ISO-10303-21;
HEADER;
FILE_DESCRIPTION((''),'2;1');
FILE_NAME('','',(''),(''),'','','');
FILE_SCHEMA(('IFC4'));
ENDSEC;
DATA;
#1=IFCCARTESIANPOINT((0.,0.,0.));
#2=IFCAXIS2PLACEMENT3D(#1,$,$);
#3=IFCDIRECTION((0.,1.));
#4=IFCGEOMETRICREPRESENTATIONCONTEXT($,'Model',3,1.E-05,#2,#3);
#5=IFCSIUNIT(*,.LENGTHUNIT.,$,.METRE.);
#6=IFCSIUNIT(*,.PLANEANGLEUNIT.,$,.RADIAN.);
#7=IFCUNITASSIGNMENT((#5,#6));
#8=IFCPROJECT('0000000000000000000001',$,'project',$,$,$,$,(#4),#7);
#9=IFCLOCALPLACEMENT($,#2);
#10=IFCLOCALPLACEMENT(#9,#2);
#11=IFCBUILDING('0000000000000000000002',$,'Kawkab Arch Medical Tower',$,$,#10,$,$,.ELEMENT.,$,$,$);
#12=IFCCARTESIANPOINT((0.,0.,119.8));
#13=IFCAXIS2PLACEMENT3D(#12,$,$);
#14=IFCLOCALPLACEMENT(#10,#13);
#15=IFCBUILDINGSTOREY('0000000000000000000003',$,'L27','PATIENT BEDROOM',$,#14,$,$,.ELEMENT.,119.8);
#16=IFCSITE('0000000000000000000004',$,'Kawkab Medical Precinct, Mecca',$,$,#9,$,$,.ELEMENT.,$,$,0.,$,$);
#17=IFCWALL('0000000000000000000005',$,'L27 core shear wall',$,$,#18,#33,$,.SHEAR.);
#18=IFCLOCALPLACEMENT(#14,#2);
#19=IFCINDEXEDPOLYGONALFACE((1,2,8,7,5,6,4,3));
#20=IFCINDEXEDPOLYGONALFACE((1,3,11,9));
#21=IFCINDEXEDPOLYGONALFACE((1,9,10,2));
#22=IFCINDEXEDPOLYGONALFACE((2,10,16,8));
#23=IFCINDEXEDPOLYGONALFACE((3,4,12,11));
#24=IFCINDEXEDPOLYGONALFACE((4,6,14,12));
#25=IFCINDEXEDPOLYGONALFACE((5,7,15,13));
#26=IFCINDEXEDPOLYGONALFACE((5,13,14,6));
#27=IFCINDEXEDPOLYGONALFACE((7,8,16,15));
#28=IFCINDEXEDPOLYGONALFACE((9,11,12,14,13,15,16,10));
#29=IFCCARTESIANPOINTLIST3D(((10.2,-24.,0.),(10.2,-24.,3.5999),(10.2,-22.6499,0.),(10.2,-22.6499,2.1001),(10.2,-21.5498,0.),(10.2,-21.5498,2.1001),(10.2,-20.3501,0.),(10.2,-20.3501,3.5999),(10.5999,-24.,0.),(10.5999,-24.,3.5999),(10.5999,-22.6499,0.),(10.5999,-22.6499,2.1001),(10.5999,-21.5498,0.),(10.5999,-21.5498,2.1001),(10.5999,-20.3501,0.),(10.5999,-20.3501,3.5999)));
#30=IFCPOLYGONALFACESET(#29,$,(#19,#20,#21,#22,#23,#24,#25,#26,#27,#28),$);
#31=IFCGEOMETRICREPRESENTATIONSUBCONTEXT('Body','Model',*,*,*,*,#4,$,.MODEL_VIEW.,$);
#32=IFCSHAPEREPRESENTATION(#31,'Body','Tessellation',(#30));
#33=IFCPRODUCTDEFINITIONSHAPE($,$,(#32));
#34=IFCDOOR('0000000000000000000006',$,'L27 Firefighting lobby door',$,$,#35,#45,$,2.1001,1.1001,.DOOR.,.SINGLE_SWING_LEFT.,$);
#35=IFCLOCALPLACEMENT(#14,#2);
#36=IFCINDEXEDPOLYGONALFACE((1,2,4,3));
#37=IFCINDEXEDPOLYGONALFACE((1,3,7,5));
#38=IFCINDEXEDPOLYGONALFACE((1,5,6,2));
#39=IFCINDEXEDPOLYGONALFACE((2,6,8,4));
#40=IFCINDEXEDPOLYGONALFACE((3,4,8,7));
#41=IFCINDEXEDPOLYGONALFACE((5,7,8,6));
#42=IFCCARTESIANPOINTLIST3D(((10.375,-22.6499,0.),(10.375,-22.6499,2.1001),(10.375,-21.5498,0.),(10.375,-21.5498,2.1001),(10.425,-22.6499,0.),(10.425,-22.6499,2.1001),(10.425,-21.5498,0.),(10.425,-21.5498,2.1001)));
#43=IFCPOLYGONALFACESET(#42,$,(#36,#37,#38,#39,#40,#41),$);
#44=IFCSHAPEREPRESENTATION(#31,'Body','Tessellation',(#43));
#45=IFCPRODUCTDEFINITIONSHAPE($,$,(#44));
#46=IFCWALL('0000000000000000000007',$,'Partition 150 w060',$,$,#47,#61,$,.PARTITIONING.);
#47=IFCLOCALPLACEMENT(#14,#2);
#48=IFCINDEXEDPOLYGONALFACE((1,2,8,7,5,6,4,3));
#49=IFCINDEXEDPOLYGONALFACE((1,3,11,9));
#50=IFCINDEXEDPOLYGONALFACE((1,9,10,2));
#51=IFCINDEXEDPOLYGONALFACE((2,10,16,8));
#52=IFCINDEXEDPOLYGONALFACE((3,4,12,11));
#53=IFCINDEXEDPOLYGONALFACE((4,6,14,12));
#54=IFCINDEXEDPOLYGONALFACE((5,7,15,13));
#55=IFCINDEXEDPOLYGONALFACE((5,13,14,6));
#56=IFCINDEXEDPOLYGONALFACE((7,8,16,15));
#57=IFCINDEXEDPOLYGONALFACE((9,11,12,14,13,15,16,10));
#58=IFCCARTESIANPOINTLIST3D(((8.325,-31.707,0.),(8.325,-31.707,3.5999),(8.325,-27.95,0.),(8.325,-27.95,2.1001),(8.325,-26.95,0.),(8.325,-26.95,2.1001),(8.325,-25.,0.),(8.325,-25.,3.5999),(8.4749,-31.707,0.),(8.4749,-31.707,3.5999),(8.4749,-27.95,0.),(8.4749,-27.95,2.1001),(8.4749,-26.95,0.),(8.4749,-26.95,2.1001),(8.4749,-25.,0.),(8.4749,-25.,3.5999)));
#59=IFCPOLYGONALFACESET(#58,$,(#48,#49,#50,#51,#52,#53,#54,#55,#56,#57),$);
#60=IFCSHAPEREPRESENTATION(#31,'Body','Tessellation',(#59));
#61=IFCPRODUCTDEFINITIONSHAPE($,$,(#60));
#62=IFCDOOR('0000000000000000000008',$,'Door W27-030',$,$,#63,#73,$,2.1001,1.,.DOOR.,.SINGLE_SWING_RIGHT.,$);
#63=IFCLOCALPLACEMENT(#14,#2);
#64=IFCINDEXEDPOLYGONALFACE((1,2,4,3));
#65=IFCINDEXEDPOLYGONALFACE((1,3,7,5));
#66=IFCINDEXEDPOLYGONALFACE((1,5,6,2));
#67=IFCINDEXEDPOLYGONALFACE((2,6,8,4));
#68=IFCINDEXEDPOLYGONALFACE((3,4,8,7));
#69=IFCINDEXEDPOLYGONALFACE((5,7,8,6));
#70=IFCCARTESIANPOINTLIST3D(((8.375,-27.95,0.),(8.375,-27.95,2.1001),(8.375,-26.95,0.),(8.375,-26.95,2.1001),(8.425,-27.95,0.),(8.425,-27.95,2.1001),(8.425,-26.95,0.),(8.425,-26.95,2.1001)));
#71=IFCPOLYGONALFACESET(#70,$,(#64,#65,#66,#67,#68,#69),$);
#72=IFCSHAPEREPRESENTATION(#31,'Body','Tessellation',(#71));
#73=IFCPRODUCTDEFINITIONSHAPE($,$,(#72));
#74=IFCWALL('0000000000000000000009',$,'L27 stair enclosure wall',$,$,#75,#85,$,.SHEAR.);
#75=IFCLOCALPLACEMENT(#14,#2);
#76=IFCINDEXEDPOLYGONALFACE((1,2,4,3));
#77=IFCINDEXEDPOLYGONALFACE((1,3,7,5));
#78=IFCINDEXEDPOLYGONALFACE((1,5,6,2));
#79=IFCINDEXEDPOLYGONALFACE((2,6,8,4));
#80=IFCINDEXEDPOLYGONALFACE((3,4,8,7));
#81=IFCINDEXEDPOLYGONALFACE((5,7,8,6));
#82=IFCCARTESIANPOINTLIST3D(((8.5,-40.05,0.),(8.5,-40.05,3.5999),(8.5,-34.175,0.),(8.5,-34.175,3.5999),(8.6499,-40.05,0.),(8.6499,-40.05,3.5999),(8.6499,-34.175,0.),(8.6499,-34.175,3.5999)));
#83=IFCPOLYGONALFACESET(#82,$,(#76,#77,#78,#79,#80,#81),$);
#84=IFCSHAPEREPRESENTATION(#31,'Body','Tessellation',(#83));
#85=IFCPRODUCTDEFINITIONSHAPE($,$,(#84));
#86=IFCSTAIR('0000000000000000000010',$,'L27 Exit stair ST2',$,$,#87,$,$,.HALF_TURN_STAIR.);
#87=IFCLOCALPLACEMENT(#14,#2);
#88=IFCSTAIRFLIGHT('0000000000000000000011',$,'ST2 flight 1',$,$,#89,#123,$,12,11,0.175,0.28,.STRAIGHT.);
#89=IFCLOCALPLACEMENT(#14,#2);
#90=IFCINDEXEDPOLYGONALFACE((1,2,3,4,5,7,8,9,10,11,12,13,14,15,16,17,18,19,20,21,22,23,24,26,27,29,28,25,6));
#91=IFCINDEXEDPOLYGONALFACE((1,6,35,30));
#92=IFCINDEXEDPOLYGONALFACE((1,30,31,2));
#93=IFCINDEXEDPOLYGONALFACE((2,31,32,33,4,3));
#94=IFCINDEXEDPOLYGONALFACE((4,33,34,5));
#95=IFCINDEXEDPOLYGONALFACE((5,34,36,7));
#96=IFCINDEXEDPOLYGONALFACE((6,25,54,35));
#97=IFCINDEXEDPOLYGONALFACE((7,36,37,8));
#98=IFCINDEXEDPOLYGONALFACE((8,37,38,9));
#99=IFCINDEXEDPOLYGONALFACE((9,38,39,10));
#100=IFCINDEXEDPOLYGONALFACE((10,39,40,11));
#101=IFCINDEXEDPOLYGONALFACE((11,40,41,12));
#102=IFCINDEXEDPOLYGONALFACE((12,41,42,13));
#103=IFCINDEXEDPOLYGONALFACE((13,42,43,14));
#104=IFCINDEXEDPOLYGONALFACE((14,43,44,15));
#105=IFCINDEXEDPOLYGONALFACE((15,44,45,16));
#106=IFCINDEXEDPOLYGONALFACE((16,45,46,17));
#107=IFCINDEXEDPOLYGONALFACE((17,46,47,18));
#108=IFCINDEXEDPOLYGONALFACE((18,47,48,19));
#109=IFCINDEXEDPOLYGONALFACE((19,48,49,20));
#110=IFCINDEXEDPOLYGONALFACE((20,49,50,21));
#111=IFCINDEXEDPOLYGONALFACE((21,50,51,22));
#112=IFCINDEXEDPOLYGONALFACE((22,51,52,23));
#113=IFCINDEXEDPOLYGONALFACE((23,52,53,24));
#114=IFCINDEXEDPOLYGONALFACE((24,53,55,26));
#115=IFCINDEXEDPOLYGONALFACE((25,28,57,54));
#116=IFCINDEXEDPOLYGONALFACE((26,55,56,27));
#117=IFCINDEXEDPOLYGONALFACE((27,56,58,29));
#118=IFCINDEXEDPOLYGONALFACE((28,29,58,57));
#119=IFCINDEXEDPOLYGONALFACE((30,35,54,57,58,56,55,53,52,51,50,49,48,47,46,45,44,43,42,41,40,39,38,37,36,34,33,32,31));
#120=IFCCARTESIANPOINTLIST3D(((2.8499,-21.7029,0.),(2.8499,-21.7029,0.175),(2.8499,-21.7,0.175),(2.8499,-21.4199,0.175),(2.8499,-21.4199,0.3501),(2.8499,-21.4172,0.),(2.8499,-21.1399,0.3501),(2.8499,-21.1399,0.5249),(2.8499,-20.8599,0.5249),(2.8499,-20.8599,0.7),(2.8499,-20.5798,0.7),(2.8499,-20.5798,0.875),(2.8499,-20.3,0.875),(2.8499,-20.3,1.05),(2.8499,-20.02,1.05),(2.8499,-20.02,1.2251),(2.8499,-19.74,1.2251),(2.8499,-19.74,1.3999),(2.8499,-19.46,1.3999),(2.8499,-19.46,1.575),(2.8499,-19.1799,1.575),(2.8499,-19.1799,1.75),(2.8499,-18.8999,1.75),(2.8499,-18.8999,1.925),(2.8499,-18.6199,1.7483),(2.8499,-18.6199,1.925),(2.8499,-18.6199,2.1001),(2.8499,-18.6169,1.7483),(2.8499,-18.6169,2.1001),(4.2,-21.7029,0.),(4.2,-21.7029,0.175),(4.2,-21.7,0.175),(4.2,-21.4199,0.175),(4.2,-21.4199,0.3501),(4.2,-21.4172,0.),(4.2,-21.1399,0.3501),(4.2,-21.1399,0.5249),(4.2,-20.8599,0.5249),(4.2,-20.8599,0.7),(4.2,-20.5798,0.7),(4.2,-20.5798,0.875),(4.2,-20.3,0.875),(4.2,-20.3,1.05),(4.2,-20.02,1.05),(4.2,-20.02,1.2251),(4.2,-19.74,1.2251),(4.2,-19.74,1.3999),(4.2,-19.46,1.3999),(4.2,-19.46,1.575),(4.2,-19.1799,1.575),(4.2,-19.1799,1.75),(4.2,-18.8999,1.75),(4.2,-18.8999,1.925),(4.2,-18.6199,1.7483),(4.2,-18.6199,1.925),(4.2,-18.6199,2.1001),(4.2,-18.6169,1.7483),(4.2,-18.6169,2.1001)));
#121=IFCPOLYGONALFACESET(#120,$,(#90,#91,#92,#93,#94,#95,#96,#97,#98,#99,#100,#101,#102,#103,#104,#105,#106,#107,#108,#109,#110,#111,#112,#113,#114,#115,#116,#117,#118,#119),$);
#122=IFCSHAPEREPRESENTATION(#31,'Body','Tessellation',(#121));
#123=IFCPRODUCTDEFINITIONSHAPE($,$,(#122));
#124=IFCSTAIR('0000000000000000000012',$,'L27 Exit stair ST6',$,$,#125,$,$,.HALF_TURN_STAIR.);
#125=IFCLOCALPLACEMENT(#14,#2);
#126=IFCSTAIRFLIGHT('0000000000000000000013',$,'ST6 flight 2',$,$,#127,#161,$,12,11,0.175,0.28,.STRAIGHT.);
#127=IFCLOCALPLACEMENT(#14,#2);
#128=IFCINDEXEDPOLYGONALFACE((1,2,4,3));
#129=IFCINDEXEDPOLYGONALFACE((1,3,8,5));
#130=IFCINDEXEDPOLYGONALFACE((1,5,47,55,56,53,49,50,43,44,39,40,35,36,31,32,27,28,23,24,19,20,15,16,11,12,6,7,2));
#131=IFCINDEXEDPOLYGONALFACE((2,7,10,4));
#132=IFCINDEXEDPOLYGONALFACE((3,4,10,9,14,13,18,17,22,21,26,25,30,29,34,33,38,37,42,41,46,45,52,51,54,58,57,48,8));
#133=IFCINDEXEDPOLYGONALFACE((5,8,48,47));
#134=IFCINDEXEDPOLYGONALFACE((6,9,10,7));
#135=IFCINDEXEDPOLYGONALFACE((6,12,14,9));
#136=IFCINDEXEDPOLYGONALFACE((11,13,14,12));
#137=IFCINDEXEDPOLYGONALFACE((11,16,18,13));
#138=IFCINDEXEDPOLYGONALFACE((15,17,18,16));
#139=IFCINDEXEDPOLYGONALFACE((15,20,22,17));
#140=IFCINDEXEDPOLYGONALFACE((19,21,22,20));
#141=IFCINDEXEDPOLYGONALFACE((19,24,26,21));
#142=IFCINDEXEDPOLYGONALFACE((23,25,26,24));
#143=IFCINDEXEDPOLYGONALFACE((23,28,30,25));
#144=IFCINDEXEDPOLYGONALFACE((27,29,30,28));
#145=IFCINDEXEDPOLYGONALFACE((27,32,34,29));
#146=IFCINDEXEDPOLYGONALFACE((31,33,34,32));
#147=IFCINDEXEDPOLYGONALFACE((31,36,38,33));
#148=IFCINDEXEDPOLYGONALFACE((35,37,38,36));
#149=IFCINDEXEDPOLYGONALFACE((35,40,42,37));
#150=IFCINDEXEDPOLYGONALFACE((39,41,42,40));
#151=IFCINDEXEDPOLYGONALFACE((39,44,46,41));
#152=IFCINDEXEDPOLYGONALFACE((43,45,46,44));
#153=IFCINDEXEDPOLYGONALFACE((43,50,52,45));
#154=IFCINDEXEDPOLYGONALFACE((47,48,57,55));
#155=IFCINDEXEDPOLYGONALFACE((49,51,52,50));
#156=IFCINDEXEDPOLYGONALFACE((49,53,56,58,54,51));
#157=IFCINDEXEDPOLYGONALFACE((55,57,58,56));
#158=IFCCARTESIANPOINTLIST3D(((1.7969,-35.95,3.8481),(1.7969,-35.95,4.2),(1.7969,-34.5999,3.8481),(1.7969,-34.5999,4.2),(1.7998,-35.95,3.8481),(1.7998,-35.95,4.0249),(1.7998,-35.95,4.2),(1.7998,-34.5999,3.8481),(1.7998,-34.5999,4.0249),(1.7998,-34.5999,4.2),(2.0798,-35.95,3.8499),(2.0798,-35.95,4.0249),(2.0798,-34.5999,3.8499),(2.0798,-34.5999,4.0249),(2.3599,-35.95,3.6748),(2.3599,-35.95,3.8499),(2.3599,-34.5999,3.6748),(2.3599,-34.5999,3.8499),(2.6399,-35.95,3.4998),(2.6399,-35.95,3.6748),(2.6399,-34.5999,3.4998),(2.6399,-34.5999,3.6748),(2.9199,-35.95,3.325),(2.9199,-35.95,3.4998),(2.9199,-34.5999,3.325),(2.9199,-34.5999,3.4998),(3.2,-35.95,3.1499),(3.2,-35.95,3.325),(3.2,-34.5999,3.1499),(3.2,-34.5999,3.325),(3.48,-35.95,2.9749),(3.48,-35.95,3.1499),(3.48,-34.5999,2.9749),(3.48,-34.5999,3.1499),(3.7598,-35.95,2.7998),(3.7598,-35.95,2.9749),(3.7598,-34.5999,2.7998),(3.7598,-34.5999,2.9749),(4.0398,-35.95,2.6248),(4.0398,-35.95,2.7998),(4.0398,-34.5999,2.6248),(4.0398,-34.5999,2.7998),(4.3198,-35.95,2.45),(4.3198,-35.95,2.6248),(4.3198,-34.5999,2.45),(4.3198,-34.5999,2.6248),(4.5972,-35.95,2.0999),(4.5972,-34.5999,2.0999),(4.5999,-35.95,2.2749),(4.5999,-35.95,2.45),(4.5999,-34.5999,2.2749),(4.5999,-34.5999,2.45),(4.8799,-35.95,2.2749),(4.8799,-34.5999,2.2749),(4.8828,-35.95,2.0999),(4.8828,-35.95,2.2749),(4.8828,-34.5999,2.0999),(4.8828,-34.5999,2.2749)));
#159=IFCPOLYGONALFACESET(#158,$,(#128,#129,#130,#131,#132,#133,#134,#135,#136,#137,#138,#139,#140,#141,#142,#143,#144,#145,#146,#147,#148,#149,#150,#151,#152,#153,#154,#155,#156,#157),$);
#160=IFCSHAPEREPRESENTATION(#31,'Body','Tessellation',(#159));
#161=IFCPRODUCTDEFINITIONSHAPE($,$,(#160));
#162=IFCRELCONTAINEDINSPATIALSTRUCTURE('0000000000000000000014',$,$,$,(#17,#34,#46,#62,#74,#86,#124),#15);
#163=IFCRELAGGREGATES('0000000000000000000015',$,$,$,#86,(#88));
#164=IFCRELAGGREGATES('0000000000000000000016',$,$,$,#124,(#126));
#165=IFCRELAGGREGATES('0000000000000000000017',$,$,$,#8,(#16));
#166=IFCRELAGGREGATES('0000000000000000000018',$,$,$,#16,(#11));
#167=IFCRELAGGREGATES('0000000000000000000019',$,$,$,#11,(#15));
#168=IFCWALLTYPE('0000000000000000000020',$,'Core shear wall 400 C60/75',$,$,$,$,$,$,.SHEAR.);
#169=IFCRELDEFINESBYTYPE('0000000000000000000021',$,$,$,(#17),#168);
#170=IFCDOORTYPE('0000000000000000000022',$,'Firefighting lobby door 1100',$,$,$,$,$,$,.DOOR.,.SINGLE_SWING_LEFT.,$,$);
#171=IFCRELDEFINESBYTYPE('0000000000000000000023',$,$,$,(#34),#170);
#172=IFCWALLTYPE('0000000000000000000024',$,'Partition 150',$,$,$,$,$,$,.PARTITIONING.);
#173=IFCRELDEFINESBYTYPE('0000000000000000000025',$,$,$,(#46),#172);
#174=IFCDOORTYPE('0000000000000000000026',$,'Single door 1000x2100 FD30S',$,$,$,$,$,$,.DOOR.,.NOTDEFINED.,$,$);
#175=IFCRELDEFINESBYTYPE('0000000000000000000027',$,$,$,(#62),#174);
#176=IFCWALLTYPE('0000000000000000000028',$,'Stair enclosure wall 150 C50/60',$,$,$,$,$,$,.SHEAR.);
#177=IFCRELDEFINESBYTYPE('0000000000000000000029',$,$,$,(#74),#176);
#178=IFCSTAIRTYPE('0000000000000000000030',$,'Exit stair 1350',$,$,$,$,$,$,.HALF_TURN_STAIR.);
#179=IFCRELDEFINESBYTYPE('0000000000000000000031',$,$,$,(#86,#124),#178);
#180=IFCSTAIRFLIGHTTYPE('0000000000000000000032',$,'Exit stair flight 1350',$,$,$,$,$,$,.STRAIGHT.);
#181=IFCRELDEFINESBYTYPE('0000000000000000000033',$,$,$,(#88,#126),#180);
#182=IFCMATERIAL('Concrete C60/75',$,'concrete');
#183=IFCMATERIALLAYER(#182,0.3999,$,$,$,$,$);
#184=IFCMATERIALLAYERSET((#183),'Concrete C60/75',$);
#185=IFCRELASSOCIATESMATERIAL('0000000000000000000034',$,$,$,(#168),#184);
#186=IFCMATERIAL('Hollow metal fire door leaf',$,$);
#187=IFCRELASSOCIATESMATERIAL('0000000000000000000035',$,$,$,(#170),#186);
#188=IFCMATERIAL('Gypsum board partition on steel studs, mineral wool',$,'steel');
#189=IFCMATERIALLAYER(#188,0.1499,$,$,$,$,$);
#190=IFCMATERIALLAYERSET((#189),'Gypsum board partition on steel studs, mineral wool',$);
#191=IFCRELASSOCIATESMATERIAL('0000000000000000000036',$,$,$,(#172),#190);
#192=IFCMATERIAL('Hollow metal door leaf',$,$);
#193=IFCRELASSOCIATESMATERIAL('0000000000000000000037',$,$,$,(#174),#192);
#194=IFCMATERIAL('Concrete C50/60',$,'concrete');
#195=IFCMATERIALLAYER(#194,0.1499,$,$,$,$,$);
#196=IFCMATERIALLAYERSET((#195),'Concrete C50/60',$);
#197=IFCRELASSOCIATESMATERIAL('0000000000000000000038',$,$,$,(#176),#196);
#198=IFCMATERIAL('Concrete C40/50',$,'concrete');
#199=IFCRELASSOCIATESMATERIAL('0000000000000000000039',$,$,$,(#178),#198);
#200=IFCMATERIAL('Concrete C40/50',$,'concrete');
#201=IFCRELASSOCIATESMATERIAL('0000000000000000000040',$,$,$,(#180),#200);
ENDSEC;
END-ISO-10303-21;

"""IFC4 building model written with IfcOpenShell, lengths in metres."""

from ifc_helpers import new_model, si_unit, direction, frame, frame_2d, origin, place, context, subcontext, project, spatial, polyline, rectangle, outline, extrude, material, layer, layer_set, type_object, element, fill, aggregate, save


model = new_model("IFC4")

# Units and contexts
model_context = context("Model", 3, precision=1e-05, world=origin(), true_north=direction((0.0, 1.0)))
body_context = subcontext(model_context, "Body", "Model", "MODEL_VIEW")
ifc_project = project(units=[si_unit("LENGTHUNIT", "METRE"), si_unit("PLANEANGLEUNIT", "RADIAN")], contexts=[model_context])

# Site, building, storey
site_placement = place(None, origin())
site = spatial("IfcSite", under=ifc_project, at=site_placement, Name="Kawkab Medical Precinct, Mecca", CompositionType="ELEMENT", RefElevation=0.0)
building_placement = place(site_placement, origin())
building = spatial("IfcBuilding", under=site, at=building_placement, Name="Kawkab Arch Medical Tower", CompositionType="ELEMENT")
storey_placement = place(building_placement, frame((0.0, 0.0, 119.8)))
storey = spatial("IfcBuildingStorey", under=building, at=storey_placement, Name="L27", Description="PATIENT BEDROOM", CompositionType="ELEMENT", Elevation=119.8)

# Walls, openings, doors
ifc_material_1 = material(Name="Concrete C60/75", Category="concrete")
ifc_layer_1 = layer(ifc_material_1, 0.3999)
ifc_layer_set_1 = layer_set([ifc_layer_1], Name="Concrete C60/75")
wall_type_1 = type_object("IfcWallType", Name="Core shear wall 400 C60/75", PredefinedType="SHEAR", material=ifc_layer_set_1)
wall_1_placement = place(storey_placement, frame((10.3999, -24.0, 0.0), z_axis=(0.0, 0.0, 1.0), x_axis=(0.0, 1.0, 0.0)))
wall_1 = element("IfcWall", 1, at=wall_1_placement, inside=storey, type_object=wall_type_1, Name="L27 core shear wall", PredefinedType="SHEAR", context=body_context, shape_type="SweptSolid", body=[
    extrude(rectangle(XDim=3.6499, YDim=0.3999, at=frame_2d((1.825, 0.0))), origin(), (0.0, 0.0, 1.0), 3.5999),
])
opening_1_placement = place(wall_1_placement, frame((1.3501, 0.0, 0.0)))
opening_1 = element("IfcOpeningElement", 2, at=opening_1_placement, cuts=wall_1, PredefinedType="OPENING", context=body_context, shape_type="SweptSolid", body=[
    extrude(rectangle(XDim=1.1001, YDim=2.1001, at=frame_2d((0.55, 1.05))), frame((0.0, 0.21, 0.0), z_axis=(0.0, -1.0, 0.0), x_axis=(1.0, 0.0, 0.0)), (0.0, 0.0, 1.0), 0.4199),
])
ifc_material_2 = material(Name="Hollow metal fire door leaf")
door_type_1 = type_object("IfcDoorType", Name="Firefighting lobby door 1100", OperationType="SINGLE_SWING_LEFT", PredefinedType="DOOR", material=ifc_material_2)
door_1_placement = place(opening_1_placement, origin())
door_1 = element("IfcDoor", 3, at=door_1_placement, inside=storey, type_object=door_type_1, Name="L27 Firefighting lobby door", OperationType="SINGLE_SWING_LEFT", OverallHeight=2.1001, OverallWidth=1.1001, PredefinedType="DOOR", context=body_context, shape_type="SweptSolid", body=[
    extrude(rectangle(XDim=1.1001, YDim=2.1001, at=frame_2d((0.55, 1.05))), frame((0.0, 0.0249, 0.0), z_axis=(0.0, -1.0, 0.0), x_axis=(1.0, 0.0, 0.0)), (0.0, 0.0, 1.0), 0.05),
])
fill(opening_1, door_1)
ifc_material_3 = material(Name="Gypsum board partition on steel studs, mineral wool", Category="steel")
ifc_layer_2 = layer(ifc_material_3, 0.1499)
ifc_layer_set_2 = layer_set([ifc_layer_2], Name="Gypsum board partition on steel studs, mineral wool")
wall_type_2 = type_object("IfcWallType", Name="Partition 150", PredefinedType="PARTITIONING", material=ifc_layer_set_2)
wall_2_placement = place(storey_placement, frame((8.3999, -31.707, 0.0), z_axis=(0.0, 0.0, 1.0), x_axis=(0.0, 1.0, 0.0)))
wall_2 = element("IfcWall", 4, at=wall_2_placement, inside=storey, type_object=wall_type_2, Name="Partition 150 w060", PredefinedType="PARTITIONING", context=body_context, shape_type="SweptSolid", body=[
    extrude(rectangle(XDim=6.707, YDim=0.1499, at=frame_2d((3.3535, 0.0))), origin(), (0.0, 0.0, 1.0), 3.5999),
])
opening_2_placement = place(wall_2_placement, frame((3.7571, 0.0, 0.0)))
opening_2 = element("IfcOpeningElement", 5, at=opening_2_placement, cuts=wall_2, PredefinedType="OPENING", context=body_context, shape_type="SweptSolid", body=[
    extrude(rectangle(XDim=1.0, YDim=2.1001, at=frame_2d((0.5, 1.05))), frame((0.0, 0.085, 0.0), z_axis=(0.0, -1.0, 0.0), x_axis=(1.0, 0.0, 0.0)), (0.0, 0.0, 1.0), 0.1699),
])
ifc_material_4 = material(Name="Hollow metal door leaf")
door_type_2 = type_object("IfcDoorType", Name="Single door 1000x2100 FD30S", OperationType="NOTDEFINED", PredefinedType="DOOR", material=ifc_material_4)
door_2_placement = place(opening_2_placement, origin())
door_2 = element("IfcDoor", 6, at=door_2_placement, inside=storey, type_object=door_type_2, Name="Door W27-030", OperationType="SINGLE_SWING_RIGHT", OverallHeight=2.1001, OverallWidth=1.0, PredefinedType="DOOR", context=body_context, shape_type="SweptSolid", body=[
    extrude(rectangle(XDim=1.0, YDim=2.1001, at=frame_2d((0.5, 1.05))), frame((0.0, 0.0249, 0.0), z_axis=(0.0, -1.0, 0.0), x_axis=(1.0, 0.0, 0.0)), (0.0, 0.0, 1.0), 0.05),
])
fill(opening_2, door_2)

# Wall
ifc_material_5 = material(Name="Concrete C50/60", Category="concrete")
ifc_layer_3 = layer(ifc_material_5, 0.1499)
ifc_layer_set_3 = layer_set([ifc_layer_3], Name="Concrete C50/60")
wall_type_3 = type_object("IfcWallType", Name="Stair enclosure wall 150 C50/60", PredefinedType="SHEAR", material=ifc_layer_set_3)
wall_3_placement = place(storey_placement, frame((8.575, -40.05, 0.0), z_axis=(0.0, 0.0, 1.0), x_axis=(0.0, 1.0, 0.0)))
element("IfcWall", 7, at=wall_3_placement, inside=storey, type_object=wall_type_3, Name="L27 stair enclosure wall", PredefinedType="SHEAR", context=body_context, shape_type="SweptSolid", body=[
    extrude(rectangle(XDim=5.875, YDim=0.1499, at=frame_2d((2.9375, 0.0))), origin(), (0.0, 0.0, 1.0), 3.5999),
])

# Stairs, stair flights
ifc_material_6 = material(Name="Concrete C40/50", Category="concrete")
stair_type = type_object("IfcStairType", Name="Exit stair 1350", PredefinedType="HALF_TURN_STAIR", material=ifc_material_6)
placement = place(storey_placement, origin())
stair_1 = element("IfcStair", 8, at=placement, inside=storey, type_object=stair_type, Name="L27 Exit stair ST2", PredefinedType="HALF_TURN_STAIR")
ifc_material_7 = material(Name="Concrete C40/50", Category="concrete")
stair_flight_type = type_object("IfcStairFlightType", Name="Exit stair flight 1350", PredefinedType="STRAIGHT", material=ifc_material_7)
stair_flight_1_placement = place(storey_placement, frame((3.5249, -21.7, 0.0), z_axis=(0.0, 0.0, 1.0), x_axis=(0.0, 1.0, 0.0)))
stair_flight_1 = element("IfcStairFlight", 9, at=stair_flight_1_placement, type_object=stair_flight_type, Name="ST2 flight 1", NumberOfRisers=12, NumberOfTreads=11, PredefinedType="STRAIGHT", RiserHeight=0.175, TreadLength=0.28, context=body_context, shape_type="SweptSolid", body=[
    extrude(outline(polyline([(-0.0029, 0.0), (-0.0029, 0.175), (0.0, 0.175), (0.28, 0.175), (0.28, 0.3501), (0.5601, 0.3501), (0.5601, 0.5249), (0.8401, 0.5249), (0.8401, 0.7), (1.1201, 0.7), (1.1201, 0.875), (1.3999, 0.875), (1.3999, 1.05), (1.6799, 1.05), (1.6799, 1.2251), (1.96, 1.2251), (1.96, 1.3999), (2.24, 1.3999), (2.24, 1.575), (2.52, 1.575), (2.52, 1.75), (2.8, 1.75), (2.8, 1.925), (3.0801, 1.925), (3.0801, 2.1001), (3.083, 2.1001), (3.083, 1.7483), (3.0801, 1.7483), (0.2827, 0.0), (-0.0029, 0.0)])), frame((0.0, 0.675, 0.0), z_axis=(0.0, -1.0, 0.0), x_axis=(1.0, 0.0, 0.0)), (0.0, 0.0, 1.0), 1.3501),
])
aggregate(stair_1, [stair_flight_1])
stair_2 = element("IfcStair", 10, at=placement, inside=storey, type_object=stair_type, Name="L27 Exit stair ST6", PredefinedType="HALF_TURN_STAIR")
stair_flight_2_placement = place(storey_placement, frame((4.8799, -35.2749, 2.0999), z_axis=(0.0, 0.0, 1.0), x_axis=(-1.0, 0.0, 0.0)))
stair_flight_2 = element("IfcStairFlight", 11, at=stair_flight_2_placement, type_object=stair_flight_type, Name="ST6 flight 2", NumberOfRisers=12, NumberOfTreads=11, PredefinedType="STRAIGHT", RiserHeight=0.175, TreadLength=0.28, context=body_context, shape_type="SweptSolid", body=[
    extrude(outline(polyline([(-0.0029, 0.0), (-0.0029, 0.175), (0.0, 0.175), (0.28, 0.175), (0.28, 0.3501), (0.5601, 0.3501), (0.5601, 0.5249), (0.8401, 0.5249), (0.8401, 0.7), (1.1201, 0.7), (1.1201, 0.875), (1.3999, 0.875), (1.3999, 1.05), (1.6799, 1.05), (1.6799, 1.2251), (1.96, 1.2251), (1.96, 1.3999), (2.24, 1.3999), (2.24, 1.575), (2.52, 1.575), (2.52, 1.75), (2.8, 1.75), (2.8, 1.925), (3.0801, 1.925), (3.0801, 2.1001), (3.083, 2.1001), (3.083, 1.7483), (3.0801, 1.7483), (0.2827, 0.0), (-0.0029, 0.0)])), frame((0.0, 0.675, 0.0), z_axis=(0.0, -1.0, 0.0), x_axis=(1.0, 0.0, 0.0)), (0.0, 0.0, 1.0), 1.3501),
])
aggregate(stair_2, [stair_flight_2])

save(model, "model.ifc")
